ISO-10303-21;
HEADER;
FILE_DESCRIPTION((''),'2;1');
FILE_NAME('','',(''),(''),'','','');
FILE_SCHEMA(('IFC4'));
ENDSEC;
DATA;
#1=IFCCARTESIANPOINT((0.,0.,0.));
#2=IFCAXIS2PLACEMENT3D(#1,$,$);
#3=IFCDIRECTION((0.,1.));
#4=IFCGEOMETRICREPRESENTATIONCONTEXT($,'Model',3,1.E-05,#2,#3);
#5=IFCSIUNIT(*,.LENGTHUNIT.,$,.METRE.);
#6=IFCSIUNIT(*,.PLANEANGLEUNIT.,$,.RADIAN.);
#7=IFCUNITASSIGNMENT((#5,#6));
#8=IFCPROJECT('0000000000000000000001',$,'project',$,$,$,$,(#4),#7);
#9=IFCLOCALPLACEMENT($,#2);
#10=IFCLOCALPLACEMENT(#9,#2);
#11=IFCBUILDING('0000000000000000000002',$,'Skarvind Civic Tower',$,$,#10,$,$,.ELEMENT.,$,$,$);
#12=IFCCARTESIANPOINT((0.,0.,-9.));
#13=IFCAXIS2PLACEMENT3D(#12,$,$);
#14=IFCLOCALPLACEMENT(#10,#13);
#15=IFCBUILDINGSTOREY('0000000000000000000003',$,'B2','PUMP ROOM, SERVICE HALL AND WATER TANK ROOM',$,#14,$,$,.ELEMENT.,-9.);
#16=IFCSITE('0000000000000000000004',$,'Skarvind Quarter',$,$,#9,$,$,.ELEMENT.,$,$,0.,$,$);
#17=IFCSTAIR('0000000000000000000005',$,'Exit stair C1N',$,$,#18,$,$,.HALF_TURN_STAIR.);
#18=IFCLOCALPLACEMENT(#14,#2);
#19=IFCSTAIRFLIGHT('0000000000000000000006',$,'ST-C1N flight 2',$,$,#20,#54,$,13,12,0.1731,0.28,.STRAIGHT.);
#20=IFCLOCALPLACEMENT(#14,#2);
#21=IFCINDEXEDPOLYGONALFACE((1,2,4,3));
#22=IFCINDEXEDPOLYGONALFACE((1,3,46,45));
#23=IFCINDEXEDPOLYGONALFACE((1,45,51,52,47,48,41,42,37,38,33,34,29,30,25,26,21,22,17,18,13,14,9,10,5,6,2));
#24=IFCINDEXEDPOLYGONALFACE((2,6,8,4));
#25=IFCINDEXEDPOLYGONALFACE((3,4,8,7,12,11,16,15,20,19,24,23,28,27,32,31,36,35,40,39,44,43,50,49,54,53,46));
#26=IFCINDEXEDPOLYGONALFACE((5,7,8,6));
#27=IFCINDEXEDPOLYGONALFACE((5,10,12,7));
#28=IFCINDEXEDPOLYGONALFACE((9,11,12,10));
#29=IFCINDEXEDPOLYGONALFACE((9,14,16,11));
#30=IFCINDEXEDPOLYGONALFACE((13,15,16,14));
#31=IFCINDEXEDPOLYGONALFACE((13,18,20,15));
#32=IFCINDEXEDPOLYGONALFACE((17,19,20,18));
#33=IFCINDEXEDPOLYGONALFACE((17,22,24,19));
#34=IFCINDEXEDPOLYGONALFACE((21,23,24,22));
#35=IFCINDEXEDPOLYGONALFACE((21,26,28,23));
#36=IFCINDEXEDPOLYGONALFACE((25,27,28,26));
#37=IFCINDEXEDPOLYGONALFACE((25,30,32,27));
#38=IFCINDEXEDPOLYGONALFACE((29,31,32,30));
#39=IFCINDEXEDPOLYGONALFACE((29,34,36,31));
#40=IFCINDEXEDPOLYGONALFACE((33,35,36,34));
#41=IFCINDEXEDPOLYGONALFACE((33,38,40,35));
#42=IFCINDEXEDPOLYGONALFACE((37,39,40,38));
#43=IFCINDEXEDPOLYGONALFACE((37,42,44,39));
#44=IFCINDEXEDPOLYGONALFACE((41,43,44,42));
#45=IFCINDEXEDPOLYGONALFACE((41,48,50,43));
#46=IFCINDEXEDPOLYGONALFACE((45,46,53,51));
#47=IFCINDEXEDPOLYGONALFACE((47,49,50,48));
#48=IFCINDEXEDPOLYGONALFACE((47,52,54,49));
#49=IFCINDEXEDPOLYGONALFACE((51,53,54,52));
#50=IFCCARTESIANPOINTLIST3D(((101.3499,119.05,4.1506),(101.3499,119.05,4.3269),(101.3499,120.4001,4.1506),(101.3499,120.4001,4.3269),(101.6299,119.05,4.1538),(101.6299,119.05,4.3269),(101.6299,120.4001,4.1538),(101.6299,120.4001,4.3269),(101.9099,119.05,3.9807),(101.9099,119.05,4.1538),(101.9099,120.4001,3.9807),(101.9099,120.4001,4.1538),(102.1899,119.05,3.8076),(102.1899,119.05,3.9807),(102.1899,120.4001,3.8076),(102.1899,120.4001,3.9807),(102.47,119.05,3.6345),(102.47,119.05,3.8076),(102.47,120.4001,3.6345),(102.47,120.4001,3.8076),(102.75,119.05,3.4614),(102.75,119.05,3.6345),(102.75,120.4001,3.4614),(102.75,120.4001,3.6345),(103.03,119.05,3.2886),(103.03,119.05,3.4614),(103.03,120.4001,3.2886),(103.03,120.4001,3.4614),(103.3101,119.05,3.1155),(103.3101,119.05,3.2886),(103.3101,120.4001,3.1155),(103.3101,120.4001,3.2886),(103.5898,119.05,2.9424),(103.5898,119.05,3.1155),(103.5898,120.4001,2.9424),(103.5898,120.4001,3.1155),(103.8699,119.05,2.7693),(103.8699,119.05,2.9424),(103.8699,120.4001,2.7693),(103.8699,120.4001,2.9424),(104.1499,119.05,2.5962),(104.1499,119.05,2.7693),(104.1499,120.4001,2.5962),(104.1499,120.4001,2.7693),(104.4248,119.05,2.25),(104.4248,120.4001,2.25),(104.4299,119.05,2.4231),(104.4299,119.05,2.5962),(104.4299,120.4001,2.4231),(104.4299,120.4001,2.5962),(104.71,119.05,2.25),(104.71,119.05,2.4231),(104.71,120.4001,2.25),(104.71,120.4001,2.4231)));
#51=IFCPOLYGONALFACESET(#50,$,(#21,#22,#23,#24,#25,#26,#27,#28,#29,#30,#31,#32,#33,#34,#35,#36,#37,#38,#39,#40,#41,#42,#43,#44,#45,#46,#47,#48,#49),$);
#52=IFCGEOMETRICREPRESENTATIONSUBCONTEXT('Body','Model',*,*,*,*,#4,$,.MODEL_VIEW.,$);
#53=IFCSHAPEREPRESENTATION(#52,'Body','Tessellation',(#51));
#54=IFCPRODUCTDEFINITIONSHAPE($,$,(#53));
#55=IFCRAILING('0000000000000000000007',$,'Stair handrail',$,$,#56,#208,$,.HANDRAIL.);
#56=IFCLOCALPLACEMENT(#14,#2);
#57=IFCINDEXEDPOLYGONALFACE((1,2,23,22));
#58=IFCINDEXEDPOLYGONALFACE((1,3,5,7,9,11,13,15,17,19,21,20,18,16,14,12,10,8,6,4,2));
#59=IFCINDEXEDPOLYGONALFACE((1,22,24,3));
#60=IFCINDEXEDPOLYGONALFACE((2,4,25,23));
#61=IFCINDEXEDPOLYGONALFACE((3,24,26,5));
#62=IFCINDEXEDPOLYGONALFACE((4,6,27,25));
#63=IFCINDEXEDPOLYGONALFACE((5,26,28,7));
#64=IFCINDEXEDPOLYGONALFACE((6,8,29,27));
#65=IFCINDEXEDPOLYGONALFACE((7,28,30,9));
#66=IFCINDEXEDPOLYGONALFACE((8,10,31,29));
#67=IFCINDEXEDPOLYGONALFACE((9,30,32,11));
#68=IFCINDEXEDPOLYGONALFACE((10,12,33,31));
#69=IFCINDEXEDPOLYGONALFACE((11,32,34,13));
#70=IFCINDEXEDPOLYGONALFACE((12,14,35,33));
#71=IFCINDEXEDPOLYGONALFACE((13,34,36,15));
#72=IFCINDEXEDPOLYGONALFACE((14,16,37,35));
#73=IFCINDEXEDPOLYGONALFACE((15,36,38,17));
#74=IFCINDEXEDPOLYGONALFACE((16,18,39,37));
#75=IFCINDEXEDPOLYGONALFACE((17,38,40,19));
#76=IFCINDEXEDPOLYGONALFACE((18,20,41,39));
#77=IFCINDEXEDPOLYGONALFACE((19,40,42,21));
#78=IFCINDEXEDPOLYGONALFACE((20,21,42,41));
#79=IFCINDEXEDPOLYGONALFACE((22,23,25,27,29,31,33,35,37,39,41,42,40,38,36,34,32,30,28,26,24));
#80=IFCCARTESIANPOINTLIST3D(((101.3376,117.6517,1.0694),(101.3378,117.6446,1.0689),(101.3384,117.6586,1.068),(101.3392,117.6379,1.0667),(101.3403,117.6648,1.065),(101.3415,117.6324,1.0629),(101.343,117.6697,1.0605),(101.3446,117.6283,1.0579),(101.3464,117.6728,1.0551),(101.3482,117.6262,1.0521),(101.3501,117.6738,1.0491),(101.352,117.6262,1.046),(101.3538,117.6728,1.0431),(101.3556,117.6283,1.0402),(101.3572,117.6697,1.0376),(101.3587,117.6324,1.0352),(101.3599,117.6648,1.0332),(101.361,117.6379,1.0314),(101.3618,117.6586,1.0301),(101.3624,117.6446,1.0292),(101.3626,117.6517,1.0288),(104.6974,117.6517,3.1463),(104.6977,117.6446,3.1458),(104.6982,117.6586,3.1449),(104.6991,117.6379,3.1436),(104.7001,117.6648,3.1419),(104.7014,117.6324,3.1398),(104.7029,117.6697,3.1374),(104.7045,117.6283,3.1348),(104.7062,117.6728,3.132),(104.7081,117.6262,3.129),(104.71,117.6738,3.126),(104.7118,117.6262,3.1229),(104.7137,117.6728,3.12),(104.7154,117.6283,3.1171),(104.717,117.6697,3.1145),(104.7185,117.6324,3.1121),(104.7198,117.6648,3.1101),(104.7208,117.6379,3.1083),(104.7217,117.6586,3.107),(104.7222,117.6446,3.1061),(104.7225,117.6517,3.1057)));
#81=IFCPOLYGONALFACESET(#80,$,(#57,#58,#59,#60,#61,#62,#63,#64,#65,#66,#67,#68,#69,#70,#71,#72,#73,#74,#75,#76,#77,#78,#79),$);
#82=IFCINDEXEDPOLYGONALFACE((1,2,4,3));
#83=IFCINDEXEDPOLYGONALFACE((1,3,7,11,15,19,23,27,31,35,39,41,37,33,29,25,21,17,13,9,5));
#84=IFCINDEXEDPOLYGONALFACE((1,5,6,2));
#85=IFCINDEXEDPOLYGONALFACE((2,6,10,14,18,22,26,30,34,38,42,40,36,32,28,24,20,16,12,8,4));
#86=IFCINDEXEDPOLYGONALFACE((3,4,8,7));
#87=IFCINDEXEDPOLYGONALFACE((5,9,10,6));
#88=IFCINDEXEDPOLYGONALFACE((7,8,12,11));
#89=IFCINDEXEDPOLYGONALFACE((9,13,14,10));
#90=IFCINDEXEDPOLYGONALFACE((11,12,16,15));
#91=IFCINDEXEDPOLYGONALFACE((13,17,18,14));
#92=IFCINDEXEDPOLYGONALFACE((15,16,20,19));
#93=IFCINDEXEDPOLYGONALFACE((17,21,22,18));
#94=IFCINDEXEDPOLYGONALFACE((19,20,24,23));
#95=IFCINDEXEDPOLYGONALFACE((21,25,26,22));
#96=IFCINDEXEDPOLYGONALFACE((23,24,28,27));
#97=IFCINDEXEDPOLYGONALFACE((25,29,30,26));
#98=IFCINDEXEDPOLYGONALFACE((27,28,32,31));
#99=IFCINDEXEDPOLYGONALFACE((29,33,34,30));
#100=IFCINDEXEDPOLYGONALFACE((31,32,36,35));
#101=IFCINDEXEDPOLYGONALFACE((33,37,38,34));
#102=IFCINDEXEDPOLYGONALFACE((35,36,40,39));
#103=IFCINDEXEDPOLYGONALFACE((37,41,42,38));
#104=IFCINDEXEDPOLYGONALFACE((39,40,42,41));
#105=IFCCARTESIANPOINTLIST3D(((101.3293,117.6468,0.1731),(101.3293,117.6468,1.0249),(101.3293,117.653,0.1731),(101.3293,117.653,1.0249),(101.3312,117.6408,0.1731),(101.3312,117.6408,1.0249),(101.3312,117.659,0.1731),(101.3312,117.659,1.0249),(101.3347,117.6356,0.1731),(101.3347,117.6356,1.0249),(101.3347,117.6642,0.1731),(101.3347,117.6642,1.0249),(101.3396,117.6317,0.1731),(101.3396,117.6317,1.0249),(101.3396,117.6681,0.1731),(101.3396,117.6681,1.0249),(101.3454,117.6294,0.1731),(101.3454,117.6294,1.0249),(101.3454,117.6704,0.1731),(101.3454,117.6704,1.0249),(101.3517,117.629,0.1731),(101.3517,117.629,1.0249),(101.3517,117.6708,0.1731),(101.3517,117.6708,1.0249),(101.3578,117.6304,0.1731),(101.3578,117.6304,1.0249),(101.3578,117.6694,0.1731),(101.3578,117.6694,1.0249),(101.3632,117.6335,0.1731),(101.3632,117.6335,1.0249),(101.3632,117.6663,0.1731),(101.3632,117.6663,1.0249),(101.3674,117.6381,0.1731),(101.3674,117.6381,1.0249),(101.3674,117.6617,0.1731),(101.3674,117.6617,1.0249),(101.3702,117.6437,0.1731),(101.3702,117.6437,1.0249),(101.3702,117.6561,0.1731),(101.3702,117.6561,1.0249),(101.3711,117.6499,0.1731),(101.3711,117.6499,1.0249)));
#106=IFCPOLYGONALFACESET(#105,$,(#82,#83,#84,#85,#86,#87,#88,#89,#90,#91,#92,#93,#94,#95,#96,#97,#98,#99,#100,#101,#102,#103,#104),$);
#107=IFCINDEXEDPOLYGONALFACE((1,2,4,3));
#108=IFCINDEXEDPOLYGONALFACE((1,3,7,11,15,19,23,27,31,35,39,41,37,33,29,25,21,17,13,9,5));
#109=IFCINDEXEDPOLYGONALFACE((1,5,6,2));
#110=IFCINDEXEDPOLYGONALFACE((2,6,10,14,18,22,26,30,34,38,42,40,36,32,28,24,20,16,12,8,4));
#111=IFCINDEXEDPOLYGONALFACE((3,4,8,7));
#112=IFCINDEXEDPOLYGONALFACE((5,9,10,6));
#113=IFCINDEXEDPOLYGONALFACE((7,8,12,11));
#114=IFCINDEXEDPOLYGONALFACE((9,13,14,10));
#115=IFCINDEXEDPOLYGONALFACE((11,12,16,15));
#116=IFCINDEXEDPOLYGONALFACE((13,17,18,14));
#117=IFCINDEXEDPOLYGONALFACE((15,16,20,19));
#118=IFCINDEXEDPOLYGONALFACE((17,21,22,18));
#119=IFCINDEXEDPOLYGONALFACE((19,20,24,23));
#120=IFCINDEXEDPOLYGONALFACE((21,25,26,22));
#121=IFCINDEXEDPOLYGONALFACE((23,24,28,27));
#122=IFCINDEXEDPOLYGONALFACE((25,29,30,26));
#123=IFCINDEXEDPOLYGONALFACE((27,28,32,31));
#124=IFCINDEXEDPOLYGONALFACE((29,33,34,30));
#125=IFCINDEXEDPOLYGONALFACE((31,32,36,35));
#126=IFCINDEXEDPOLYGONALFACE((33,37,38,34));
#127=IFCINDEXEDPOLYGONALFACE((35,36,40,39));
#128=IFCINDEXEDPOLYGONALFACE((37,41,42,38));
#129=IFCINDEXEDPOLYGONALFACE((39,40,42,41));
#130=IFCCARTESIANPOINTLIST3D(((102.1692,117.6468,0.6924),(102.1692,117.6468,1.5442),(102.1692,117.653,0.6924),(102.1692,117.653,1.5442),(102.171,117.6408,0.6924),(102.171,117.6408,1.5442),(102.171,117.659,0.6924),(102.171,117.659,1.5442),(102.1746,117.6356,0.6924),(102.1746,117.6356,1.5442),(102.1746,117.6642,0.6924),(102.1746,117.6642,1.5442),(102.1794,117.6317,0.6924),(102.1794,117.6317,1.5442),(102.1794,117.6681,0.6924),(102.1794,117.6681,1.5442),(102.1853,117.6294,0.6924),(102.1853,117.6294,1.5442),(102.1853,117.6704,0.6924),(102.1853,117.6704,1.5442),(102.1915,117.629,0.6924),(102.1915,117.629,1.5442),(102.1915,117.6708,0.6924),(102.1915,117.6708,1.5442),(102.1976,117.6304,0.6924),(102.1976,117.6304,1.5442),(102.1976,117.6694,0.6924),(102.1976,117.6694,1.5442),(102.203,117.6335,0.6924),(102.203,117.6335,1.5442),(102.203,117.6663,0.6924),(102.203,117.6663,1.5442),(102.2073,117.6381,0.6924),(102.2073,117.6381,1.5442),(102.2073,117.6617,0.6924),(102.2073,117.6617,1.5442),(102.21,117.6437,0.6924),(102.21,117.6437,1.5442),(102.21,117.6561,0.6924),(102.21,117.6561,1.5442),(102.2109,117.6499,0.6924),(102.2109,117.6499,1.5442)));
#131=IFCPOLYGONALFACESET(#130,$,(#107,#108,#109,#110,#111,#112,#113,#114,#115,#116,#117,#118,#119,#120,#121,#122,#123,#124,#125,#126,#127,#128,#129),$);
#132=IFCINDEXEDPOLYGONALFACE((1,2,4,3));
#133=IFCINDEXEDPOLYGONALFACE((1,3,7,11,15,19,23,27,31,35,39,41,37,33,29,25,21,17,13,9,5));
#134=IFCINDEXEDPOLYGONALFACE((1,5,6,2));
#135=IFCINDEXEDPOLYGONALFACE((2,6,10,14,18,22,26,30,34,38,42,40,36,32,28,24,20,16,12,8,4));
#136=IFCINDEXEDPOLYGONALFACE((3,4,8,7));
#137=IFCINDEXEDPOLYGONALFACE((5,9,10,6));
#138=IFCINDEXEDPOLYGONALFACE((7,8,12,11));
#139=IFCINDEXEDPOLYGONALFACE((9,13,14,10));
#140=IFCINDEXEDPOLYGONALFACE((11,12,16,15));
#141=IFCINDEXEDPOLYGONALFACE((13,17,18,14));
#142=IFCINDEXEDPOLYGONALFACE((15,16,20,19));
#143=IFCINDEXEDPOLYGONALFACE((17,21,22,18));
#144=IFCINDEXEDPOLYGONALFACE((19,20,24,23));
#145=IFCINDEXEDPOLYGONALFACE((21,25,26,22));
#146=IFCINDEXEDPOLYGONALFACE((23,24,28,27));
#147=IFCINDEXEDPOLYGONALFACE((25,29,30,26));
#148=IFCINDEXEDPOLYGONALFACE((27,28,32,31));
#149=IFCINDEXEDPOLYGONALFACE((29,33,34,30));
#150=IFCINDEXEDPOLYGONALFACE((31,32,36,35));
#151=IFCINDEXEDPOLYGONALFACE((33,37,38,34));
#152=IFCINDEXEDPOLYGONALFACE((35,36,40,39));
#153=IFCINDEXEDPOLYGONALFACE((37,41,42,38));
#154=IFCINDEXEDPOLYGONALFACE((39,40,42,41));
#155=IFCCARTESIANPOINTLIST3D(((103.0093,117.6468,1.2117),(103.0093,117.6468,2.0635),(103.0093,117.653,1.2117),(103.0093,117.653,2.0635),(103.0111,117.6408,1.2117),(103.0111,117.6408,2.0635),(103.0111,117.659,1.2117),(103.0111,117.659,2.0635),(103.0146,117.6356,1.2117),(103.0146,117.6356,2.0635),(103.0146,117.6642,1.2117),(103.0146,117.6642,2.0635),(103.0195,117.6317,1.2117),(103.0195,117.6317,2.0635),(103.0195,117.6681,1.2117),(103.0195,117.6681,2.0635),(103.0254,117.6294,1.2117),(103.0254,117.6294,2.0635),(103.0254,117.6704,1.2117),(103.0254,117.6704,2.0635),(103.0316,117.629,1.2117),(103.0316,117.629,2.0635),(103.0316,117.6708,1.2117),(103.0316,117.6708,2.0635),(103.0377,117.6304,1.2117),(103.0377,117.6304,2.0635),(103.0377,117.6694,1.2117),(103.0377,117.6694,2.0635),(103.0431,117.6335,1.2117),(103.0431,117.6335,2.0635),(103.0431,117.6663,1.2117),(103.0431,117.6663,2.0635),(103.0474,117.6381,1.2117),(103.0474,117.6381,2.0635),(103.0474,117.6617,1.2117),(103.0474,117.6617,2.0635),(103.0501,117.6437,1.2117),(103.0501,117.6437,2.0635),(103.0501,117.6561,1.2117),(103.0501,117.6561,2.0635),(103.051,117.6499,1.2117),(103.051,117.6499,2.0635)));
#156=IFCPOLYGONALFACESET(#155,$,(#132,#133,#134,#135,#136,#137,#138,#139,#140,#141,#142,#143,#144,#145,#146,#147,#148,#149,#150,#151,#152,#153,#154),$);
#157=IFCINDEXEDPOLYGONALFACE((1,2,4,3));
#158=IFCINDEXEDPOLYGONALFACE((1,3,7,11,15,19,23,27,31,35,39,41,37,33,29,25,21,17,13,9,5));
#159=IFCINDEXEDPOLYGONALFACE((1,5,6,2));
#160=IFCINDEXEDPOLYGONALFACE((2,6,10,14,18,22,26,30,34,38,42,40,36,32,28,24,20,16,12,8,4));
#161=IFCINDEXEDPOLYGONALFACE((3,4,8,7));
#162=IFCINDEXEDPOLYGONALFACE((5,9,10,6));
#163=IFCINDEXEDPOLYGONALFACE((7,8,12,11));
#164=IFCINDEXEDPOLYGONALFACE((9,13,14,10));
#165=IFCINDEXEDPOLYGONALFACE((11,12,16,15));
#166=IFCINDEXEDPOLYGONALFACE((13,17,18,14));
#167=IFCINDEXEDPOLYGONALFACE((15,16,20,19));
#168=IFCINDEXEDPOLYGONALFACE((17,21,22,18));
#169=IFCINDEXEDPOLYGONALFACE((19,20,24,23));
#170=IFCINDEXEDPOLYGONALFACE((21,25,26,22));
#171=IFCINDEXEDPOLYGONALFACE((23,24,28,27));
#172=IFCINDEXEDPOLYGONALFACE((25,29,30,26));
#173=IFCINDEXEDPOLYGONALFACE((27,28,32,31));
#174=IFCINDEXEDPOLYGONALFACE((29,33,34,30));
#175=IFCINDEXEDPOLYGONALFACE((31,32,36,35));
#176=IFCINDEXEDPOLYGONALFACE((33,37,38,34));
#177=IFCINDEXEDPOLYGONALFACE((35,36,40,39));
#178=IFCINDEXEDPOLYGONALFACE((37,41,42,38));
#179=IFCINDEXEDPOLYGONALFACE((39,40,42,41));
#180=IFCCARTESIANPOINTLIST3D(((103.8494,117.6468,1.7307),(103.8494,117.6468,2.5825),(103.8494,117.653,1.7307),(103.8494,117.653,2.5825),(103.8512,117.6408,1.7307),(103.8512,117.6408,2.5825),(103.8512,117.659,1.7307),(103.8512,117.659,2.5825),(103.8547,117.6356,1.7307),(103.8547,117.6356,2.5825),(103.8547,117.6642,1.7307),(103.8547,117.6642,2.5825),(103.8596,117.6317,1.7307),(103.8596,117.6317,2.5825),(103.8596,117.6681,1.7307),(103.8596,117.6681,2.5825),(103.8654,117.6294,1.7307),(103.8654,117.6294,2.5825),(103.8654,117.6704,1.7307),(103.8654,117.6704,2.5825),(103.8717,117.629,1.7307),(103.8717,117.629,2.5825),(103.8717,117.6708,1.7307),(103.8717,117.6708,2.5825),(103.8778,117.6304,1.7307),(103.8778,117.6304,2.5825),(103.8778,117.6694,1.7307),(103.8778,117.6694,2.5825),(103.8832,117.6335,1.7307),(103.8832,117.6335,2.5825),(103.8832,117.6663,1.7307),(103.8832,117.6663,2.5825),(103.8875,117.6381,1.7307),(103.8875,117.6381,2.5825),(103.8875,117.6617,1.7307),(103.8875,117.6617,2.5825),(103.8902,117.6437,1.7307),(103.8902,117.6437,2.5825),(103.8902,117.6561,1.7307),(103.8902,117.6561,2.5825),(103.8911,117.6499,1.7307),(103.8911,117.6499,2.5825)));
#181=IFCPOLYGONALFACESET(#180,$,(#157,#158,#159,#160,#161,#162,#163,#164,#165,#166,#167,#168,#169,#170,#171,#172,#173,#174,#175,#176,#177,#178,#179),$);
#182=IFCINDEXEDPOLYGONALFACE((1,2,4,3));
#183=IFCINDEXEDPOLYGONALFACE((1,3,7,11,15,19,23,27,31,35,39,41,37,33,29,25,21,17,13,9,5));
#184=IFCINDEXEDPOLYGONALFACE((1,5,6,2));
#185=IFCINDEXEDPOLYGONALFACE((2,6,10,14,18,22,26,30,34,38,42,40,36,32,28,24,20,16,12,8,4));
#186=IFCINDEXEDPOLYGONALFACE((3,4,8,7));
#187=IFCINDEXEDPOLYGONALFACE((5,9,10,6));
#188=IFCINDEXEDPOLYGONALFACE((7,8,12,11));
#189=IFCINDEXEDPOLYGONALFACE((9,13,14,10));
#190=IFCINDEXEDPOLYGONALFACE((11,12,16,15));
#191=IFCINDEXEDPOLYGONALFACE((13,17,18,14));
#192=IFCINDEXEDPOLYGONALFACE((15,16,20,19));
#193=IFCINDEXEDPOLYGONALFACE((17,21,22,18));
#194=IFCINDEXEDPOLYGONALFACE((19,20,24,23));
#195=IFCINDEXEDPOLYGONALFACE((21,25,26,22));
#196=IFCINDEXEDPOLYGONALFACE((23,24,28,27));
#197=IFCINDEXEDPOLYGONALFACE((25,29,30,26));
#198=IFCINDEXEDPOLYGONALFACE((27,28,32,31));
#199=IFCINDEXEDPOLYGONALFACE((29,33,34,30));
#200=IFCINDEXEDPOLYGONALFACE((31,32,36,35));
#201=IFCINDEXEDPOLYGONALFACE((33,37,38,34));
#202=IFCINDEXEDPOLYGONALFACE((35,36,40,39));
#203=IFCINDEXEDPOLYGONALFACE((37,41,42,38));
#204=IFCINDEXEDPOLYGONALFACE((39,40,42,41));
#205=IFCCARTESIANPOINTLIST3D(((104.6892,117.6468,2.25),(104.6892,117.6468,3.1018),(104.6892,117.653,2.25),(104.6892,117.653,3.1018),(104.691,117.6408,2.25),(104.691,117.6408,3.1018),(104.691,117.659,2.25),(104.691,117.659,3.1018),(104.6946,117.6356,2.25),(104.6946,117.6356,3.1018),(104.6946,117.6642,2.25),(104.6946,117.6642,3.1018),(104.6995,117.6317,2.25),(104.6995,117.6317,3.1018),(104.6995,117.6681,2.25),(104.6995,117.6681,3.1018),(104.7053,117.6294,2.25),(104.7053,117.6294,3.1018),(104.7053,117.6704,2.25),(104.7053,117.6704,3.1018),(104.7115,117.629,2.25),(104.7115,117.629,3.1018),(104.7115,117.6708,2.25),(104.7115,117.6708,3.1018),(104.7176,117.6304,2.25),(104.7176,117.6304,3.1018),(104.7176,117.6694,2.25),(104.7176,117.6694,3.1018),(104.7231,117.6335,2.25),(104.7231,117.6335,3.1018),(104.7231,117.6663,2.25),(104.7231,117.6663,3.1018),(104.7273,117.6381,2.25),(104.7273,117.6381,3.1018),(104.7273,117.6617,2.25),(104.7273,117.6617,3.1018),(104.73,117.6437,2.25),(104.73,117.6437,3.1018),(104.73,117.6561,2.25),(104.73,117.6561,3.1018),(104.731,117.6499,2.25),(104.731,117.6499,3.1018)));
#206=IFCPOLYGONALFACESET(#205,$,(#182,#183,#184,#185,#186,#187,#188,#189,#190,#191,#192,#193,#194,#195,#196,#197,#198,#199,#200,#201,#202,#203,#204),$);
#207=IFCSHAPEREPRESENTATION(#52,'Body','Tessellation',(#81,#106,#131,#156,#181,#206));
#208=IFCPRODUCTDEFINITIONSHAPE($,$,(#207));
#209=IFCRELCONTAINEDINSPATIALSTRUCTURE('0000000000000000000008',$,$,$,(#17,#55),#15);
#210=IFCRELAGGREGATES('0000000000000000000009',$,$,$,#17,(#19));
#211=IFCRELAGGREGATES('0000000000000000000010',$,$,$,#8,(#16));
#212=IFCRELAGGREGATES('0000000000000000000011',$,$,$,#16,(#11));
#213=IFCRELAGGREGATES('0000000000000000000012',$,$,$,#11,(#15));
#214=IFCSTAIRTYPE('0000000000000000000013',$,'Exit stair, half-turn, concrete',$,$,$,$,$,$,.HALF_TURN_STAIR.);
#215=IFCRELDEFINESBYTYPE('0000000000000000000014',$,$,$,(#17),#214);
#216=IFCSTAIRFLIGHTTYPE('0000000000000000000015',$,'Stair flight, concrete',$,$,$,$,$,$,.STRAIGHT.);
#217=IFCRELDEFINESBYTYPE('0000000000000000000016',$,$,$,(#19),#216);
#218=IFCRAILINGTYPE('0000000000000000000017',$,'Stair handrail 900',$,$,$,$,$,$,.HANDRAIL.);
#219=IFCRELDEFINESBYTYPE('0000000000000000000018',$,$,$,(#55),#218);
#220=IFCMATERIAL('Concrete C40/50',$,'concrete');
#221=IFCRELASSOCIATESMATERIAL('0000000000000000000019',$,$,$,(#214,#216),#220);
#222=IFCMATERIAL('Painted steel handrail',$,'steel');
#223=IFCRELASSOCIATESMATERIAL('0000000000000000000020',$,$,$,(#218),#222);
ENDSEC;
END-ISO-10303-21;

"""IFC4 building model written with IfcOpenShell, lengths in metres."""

from ifc_helpers import new_model, si_unit, direction, frame, origin, origin_2d, place, context, subcontext, project, spatial, polyline, circle, outline, extrude, material, type_object, element, aggregate, save


model = new_model("IFC4")

# Units and contexts
model_context = context("Model", 3, precision=1e-05, world=origin(), true_north=direction((0.0, 1.0)))
body_context = subcontext(model_context, "Body", "Model", "MODEL_VIEW")
ifc_project = project(units=[si_unit("LENGTHUNIT", "METRE"), si_unit("PLANEANGLEUNIT", "RADIAN")], contexts=[model_context])

# Site, building, storey
site_placement = place(None, origin())
site = spatial("IfcSite", under=ifc_project, at=site_placement, Name="Skarvind Quarter", CompositionType="ELEMENT", RefElevation=0.0)
building_placement = place(site_placement, origin())
building = spatial("IfcBuilding", under=site, at=building_placement, Name="Skarvind Civic Tower", CompositionType="ELEMENT")
storey_placement = place(building_placement, frame((0.0, 0.0, -9.0)))
storey = spatial("IfcBuildingStorey", under=building, at=storey_placement, Name="B2", Description="PUMP ROOM, SERVICE HALL AND WATER TANK ROOM", CompositionType="ELEMENT", Elevation=-9.0)

# Stair, stair flight
ifc_material_1 = material(Name="Concrete C40/50", Category="concrete")
stair_type = type_object("IfcStairType", Name="Exit stair, half-turn, concrete", PredefinedType="HALF_TURN_STAIR", material=ifc_material_1)
stair_placement = place(storey_placement, origin())
stair = element("IfcStair", 1, at=stair_placement, inside=storey, type_object=stair_type, Name="Exit stair C1N", PredefinedType="HALF_TURN_STAIR")
stair_flight_type = type_object("IfcStairFlightType", Name="Stair flight, concrete", PredefinedType="STRAIGHT", material=ifc_material_1)
stair_flight_1_placement = place(storey_placement, frame((104.71, 119.7251, 2.25), z_axis=(0.0, 0.0, 1.0), x_axis=(-1.0, 0.0, 0.0)))
stair_flight_1 = element("IfcStairFlight", 2, at=stair_flight_1_placement, type_object=stair_flight_type, Name="ST-C1N flight 2", NumberOfRisers=13, NumberOfTreads=12, PredefinedType="STRAIGHT", RiserHeight=0.1731, TreadLength=0.28, context=body_context, shape_type="SweptSolid", body=[
    extrude(outline(polyline([(0.0, 0.0), (0.0, 0.1731), (0.28, 0.1731), (0.28, 0.3462), (0.5601, 0.3462), (0.5601, 0.5193), (0.8401, 0.5193), (0.8401, 0.6924), (1.1201, 0.6924), (1.1201, 0.8655), (1.3999, 0.8655), (1.3999, 1.0386), (1.6799, 1.0386), (1.6799, 1.2114), (1.96, 1.2114), (1.96, 1.3845), (2.24, 1.3845), (2.24, 1.5576), (2.52, 1.5576), (2.52, 1.7307), (2.8, 1.7307), (2.8, 1.9038), (3.0801, 1.9038), (3.0801, 2.0769), (3.3601, 2.0769), (3.3601, 2.25), (3.3601, 1.9006), (0.2852, 0.0), (0.0, 0.0)])), frame((0.0, 0.675, 0.0), z_axis=(0.0, -1.0, 0.0), x_axis=(1.0, 0.0, 0.0)), (0.0, 0.0, 1.0), 1.3501),
])
aggregate(stair, [stair_flight_1])

# Railing
ifc_material_2 = material(Name="Painted steel handrail", Category="steel")
railing_type = type_object("IfcRailingType", Name="Stair handrail 900", PredefinedType="HANDRAIL", material=ifc_material_2)
railing_1_placement = place(storey_placement, frame((101.3501, 117.6499, 0.1731)))
element("IfcRailing", 3, at=railing_1_placement, inside=storey, type_object=railing_type, Name="Stair handrail", PredefinedType="HANDRAIL", context=body_context, shape_type="SweptSolid", body=[
    extrude(circle(Radius=0.0239, at=origin_2d()), frame((0.0, 0.0, 0.876), z_axis=(0.850606, 0.0, 0.525803), x_axis=(0.0, 1.0, 0.0)), (0.0, 0.0, 1.0), 3.95),
    extrude(circle(Radius=0.021, at=origin_2d()), origin(), (0.0, 0.0, 1.0), 0.8518),
    extrude(circle(Radius=0.021, at=origin_2d()), frame((0.8398, 0.0, 0.5193)), (0.0, 0.0, 1.0), 0.8518),
    extrude(circle(Radius=0.021, at=origin_2d()), frame((1.6799, 0.0, 1.0386)), (0.0, 0.0, 1.0), 0.8518),
    extrude(circle(Radius=0.021, at=origin_2d()), frame((2.52, 0.0, 1.5576)), (0.0, 0.0, 1.0), 0.8518),
    extrude(circle(Radius=0.021, at=origin_2d()), frame((3.3599, 0.0, 2.0769)), (0.0, 0.0, 1.0), 0.8518),
])

save(model, "model.ifc")
